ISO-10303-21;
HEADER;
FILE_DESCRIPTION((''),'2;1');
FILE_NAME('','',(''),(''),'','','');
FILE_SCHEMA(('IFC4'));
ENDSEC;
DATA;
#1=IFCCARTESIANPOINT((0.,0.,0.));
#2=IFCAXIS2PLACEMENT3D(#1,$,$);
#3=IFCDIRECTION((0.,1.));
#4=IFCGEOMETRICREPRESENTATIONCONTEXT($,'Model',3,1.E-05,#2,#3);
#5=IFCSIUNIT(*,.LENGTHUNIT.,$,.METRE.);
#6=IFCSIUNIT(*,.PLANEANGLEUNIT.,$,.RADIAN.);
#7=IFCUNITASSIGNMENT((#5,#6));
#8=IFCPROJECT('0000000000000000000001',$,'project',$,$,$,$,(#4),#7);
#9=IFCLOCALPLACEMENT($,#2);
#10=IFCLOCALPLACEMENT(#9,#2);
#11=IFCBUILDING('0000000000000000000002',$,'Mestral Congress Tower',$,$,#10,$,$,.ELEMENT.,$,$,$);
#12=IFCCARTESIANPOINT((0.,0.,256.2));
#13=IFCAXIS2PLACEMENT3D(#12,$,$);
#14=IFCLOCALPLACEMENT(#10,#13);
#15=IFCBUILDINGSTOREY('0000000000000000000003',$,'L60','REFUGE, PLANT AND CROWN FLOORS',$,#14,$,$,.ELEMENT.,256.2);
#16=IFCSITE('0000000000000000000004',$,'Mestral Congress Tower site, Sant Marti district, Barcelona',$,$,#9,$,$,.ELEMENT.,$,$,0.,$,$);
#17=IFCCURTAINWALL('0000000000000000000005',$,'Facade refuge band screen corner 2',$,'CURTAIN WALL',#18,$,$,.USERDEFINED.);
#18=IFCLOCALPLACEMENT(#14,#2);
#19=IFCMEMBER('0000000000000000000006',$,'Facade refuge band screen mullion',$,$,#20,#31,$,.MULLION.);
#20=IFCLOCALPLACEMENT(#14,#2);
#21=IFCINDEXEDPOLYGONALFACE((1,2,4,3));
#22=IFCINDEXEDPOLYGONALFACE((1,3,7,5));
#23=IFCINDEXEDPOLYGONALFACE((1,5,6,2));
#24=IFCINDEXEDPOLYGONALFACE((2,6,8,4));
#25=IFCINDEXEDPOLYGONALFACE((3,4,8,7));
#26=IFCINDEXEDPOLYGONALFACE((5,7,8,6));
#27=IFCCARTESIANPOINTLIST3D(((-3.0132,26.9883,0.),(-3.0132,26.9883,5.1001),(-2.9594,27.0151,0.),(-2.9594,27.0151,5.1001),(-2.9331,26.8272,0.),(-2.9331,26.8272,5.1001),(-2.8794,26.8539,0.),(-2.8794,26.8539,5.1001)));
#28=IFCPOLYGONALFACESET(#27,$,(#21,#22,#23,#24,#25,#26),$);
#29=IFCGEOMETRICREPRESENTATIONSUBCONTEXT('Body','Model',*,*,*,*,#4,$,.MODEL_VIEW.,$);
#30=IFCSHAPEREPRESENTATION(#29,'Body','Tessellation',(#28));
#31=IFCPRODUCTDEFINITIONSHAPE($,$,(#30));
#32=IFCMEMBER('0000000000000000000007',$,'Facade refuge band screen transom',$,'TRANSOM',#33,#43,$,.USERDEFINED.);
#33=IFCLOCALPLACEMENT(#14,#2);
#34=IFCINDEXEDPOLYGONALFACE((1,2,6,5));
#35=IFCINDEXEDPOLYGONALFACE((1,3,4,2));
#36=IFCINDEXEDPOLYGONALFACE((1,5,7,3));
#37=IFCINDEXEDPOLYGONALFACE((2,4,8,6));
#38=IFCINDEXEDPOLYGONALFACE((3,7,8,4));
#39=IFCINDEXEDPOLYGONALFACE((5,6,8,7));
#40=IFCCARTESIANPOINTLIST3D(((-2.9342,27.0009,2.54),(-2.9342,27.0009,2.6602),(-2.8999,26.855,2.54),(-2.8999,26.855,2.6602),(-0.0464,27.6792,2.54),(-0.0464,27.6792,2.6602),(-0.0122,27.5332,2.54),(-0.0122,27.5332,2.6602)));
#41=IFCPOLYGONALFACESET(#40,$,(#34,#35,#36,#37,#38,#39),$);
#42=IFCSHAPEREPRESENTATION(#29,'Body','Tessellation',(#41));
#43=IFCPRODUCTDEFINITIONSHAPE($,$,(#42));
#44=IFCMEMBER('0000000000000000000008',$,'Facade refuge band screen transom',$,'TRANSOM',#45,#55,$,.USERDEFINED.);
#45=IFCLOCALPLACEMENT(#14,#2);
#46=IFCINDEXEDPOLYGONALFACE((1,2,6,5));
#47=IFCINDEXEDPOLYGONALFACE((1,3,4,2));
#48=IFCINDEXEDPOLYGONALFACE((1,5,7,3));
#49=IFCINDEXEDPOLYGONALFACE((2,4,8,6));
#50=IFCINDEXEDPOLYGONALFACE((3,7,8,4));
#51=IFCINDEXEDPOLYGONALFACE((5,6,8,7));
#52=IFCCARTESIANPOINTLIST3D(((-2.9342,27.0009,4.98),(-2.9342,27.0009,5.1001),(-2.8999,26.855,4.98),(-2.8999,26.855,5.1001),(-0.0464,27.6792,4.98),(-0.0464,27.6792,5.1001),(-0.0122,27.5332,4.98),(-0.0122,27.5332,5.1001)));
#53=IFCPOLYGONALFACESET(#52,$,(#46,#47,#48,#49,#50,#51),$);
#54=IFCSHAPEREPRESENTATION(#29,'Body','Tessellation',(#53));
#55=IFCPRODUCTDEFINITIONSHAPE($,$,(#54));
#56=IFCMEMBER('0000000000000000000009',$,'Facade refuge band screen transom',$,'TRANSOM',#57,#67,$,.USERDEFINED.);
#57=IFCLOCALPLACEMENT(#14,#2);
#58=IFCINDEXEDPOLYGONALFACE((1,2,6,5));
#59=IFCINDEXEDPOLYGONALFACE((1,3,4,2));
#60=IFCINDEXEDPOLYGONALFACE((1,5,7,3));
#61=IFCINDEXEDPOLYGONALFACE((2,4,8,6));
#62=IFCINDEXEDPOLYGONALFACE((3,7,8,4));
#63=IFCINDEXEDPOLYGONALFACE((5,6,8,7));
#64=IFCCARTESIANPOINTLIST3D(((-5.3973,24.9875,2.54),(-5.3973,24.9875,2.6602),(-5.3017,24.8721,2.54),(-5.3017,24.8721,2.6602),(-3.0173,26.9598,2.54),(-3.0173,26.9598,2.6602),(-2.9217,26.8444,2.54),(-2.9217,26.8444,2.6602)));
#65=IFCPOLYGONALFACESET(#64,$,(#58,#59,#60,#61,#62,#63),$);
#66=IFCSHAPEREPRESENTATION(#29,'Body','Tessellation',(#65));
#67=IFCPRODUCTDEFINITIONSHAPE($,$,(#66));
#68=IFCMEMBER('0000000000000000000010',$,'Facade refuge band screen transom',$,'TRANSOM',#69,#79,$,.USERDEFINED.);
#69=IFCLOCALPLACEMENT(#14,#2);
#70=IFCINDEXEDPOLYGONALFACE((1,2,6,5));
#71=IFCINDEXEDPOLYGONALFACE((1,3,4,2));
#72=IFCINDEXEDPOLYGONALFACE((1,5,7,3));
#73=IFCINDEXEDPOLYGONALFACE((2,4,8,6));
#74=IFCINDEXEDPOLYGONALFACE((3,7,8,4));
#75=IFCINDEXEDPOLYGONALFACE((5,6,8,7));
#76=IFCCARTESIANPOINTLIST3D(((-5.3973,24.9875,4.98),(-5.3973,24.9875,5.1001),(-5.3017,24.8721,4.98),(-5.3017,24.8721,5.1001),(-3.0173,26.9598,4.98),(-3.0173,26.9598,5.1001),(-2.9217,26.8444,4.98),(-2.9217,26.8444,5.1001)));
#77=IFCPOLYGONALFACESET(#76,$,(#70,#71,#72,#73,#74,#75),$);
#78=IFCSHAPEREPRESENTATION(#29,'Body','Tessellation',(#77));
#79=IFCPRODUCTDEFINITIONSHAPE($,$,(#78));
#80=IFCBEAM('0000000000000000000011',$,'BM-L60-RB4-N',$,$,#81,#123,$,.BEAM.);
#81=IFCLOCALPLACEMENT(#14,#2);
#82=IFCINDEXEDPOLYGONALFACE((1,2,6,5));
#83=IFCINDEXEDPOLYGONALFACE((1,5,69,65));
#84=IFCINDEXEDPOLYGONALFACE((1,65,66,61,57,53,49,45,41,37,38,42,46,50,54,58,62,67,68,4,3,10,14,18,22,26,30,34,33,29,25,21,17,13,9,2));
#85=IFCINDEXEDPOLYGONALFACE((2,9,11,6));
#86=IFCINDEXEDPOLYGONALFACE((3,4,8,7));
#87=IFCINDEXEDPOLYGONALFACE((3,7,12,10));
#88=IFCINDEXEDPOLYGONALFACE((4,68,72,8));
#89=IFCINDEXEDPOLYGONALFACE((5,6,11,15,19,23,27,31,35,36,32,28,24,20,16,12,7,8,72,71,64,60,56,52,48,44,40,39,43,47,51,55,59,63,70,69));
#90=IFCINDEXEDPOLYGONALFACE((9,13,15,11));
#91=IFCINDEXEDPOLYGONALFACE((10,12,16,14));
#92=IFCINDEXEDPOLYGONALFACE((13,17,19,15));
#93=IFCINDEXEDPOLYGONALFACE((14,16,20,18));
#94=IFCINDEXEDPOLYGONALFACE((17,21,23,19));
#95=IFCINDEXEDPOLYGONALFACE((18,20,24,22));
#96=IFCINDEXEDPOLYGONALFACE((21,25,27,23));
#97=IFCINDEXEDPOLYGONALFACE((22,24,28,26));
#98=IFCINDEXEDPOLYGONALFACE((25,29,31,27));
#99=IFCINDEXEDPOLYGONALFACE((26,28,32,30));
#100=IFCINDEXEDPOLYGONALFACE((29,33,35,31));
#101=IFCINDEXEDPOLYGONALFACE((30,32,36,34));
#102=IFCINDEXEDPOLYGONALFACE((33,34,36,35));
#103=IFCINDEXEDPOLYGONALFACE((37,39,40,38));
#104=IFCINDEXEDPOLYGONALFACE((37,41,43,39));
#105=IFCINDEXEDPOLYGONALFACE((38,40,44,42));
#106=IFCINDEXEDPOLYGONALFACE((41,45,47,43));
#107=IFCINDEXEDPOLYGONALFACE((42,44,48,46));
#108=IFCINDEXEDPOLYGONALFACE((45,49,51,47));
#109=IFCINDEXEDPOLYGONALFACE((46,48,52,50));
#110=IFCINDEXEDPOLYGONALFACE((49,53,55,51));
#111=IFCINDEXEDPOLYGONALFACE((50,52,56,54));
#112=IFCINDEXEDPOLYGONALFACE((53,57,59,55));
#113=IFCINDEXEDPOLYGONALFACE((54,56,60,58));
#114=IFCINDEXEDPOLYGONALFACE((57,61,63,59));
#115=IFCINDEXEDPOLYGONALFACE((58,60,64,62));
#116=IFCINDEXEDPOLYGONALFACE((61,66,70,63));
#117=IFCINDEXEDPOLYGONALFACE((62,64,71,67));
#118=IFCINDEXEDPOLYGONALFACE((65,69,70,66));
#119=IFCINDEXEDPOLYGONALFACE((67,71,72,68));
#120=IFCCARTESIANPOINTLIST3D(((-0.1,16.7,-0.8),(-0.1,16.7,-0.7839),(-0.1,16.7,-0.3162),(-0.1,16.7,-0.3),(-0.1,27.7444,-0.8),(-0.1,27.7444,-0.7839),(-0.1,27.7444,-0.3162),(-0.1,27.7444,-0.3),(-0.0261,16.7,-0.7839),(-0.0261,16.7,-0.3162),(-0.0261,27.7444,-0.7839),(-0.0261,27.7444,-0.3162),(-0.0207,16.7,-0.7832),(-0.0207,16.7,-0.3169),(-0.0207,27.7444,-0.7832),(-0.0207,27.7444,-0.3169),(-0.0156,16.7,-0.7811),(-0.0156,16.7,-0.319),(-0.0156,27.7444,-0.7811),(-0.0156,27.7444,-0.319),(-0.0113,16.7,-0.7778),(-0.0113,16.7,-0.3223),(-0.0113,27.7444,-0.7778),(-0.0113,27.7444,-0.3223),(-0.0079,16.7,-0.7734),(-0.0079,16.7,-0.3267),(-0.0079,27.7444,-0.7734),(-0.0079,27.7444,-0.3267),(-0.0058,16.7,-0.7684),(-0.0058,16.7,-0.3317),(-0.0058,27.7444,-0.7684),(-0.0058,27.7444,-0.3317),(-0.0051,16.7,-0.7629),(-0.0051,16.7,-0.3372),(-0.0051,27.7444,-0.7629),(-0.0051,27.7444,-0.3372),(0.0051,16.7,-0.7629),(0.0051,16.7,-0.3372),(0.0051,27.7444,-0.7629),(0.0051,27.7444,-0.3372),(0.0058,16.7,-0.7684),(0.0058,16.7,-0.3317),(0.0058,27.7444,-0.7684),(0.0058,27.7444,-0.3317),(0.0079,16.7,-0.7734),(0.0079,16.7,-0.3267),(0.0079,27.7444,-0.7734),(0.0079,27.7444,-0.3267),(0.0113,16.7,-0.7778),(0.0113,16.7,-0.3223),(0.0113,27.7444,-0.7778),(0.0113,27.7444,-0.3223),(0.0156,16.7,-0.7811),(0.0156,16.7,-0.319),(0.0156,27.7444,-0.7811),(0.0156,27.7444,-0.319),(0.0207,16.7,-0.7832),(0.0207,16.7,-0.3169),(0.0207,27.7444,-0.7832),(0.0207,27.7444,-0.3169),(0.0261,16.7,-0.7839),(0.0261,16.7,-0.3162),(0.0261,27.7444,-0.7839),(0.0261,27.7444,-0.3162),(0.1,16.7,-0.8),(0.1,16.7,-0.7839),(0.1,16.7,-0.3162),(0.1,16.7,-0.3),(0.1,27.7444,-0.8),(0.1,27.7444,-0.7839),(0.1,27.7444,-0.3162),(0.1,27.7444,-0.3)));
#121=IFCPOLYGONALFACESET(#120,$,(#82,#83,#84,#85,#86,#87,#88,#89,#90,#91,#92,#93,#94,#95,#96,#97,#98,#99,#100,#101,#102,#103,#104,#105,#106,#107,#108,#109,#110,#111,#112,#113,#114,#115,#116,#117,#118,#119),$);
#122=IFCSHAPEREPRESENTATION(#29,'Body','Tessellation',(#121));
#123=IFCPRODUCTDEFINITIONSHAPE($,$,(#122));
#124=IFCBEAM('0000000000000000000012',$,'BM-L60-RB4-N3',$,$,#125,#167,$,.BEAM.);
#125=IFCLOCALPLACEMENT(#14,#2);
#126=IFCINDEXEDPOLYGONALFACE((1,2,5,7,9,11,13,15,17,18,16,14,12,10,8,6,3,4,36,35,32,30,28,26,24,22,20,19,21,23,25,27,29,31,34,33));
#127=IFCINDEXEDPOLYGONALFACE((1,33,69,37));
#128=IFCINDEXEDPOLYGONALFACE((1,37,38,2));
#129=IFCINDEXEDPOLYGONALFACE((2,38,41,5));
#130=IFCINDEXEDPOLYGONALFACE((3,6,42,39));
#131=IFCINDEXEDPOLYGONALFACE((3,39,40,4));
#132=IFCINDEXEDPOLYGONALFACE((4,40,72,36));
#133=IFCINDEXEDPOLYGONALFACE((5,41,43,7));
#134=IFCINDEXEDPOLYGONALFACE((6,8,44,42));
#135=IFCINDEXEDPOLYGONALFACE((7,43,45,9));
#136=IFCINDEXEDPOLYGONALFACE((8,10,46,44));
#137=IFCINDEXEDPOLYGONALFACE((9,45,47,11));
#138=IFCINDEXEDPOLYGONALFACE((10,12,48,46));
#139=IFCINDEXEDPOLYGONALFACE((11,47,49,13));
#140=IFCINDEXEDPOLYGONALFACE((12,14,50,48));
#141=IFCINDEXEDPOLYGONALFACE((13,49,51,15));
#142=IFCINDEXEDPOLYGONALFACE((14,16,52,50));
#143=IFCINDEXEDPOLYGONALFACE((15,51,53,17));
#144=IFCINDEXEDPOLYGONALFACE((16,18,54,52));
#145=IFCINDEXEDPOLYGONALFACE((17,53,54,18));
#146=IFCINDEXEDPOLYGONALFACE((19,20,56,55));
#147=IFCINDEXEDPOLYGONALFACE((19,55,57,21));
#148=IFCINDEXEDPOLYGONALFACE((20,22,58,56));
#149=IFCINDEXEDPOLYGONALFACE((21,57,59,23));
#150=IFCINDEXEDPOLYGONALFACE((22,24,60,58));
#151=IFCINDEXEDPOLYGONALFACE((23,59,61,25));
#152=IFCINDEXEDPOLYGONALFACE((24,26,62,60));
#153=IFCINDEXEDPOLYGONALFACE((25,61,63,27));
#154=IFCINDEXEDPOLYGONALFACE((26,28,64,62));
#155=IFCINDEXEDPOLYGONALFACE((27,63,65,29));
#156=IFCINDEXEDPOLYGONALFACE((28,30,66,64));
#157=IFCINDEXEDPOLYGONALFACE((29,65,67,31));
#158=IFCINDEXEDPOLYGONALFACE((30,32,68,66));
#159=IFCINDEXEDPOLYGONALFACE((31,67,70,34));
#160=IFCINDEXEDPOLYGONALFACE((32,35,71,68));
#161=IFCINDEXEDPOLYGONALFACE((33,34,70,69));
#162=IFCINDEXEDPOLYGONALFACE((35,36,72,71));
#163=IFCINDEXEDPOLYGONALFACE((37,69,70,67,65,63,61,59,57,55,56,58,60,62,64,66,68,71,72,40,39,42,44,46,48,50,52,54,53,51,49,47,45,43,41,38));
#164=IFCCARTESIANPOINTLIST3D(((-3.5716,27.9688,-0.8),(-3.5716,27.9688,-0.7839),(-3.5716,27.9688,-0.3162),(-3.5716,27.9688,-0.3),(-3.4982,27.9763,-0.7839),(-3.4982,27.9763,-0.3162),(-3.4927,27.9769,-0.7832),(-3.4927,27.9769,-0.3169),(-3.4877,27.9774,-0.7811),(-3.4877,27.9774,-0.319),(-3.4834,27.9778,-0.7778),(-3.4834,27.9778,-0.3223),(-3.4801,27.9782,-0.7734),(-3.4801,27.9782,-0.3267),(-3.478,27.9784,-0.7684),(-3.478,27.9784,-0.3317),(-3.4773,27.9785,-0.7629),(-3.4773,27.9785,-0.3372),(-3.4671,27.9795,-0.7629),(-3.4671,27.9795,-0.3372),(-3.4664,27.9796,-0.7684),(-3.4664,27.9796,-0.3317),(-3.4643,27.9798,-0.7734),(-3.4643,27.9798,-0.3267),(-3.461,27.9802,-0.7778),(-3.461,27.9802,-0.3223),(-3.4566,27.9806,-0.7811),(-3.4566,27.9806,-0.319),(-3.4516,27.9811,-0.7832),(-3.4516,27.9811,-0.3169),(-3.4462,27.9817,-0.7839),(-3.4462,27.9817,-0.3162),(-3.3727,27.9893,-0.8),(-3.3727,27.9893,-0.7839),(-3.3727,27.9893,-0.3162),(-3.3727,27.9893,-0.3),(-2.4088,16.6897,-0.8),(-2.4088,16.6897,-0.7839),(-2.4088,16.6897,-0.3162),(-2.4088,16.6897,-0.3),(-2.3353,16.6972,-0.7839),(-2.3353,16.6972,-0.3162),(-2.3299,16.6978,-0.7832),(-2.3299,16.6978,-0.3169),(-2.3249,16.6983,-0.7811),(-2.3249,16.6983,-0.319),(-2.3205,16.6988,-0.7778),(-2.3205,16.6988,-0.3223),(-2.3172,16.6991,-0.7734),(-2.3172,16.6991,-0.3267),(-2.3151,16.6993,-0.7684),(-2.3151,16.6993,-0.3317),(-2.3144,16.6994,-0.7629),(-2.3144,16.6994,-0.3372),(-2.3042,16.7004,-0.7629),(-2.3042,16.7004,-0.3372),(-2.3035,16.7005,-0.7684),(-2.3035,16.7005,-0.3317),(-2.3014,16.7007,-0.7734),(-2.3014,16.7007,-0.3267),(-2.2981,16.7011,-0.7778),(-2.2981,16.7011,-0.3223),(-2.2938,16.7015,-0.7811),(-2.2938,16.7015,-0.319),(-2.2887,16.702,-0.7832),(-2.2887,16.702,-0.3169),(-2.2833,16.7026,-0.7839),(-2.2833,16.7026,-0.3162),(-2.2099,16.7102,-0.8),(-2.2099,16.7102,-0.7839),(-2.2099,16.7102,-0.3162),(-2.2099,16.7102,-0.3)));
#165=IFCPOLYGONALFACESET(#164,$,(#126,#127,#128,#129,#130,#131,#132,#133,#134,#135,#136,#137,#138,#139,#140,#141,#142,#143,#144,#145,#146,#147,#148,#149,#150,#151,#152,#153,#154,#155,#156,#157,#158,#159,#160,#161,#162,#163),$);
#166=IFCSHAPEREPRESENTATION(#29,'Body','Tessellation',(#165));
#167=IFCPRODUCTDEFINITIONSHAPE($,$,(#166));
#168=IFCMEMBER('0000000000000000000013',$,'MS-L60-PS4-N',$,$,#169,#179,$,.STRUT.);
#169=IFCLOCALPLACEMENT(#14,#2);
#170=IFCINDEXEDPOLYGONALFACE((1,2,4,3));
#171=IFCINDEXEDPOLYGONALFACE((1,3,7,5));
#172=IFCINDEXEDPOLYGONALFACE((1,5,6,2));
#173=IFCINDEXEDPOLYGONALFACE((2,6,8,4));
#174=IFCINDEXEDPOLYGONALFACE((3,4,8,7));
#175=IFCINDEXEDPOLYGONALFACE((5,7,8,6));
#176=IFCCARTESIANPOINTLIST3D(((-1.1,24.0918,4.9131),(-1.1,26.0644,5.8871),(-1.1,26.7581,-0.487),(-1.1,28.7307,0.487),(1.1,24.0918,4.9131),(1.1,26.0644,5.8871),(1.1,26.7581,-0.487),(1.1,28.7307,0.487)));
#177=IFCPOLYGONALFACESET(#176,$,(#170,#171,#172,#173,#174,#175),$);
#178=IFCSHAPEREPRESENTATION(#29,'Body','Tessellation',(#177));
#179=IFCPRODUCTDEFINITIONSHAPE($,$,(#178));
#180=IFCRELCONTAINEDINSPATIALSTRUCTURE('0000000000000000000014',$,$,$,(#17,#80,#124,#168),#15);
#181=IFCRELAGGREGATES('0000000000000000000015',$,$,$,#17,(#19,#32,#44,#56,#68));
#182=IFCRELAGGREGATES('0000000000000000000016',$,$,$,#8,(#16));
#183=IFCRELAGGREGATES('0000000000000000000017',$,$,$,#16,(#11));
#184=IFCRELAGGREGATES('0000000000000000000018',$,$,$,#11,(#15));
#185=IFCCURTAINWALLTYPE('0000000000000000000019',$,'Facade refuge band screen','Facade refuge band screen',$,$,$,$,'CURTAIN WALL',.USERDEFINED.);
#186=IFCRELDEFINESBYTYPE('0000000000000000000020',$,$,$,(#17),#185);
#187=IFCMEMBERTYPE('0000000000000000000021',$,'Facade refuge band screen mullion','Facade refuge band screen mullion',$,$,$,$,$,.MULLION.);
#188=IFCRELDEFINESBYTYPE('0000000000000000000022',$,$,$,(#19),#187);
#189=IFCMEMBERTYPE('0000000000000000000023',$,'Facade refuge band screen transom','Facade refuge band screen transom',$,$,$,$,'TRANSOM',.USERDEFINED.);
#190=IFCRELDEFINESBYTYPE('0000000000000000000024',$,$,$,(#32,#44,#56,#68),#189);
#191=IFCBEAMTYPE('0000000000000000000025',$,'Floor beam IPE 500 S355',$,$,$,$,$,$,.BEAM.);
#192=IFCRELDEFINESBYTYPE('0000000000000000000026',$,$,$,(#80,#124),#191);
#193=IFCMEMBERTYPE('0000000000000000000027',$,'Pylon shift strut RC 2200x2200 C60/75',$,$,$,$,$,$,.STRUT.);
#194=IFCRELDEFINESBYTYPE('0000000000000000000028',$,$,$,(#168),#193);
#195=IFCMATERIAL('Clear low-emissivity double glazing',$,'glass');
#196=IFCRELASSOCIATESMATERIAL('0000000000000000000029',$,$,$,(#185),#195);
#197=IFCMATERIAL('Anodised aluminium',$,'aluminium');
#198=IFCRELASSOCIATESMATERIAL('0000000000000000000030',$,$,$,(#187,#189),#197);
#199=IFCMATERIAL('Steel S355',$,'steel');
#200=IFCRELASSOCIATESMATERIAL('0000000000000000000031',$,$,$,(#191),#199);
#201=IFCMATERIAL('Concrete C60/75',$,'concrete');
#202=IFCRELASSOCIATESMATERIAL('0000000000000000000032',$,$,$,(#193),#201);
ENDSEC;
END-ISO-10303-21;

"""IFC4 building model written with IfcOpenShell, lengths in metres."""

from ifc_helpers import new_model, si_unit, direction, frame, origin, origin_2d, place, context, subcontext, project, spatial, rectangle, i_section, extrude, material, material_profile, profile_set, type_object, element, aggregate, save


model = new_model("IFC4")

# Units and contexts
model_context = context("Model", 3, precision=1e-05, world=origin(), true_north=direction((0.0, 1.0)))
body_context = subcontext(model_context, "Body", "Model", "MODEL_VIEW")
ifc_project = project(units=[si_unit("LENGTHUNIT", "METRE"), si_unit("PLANEANGLEUNIT", "RADIAN")], contexts=[model_context])

# Site, building, storey
site_placement = place(None, origin())
site = spatial("IfcSite", under=ifc_project, at=site_placement, Name="Mestral Congress Tower site, Sant Marti district, Barcelona", CompositionType="ELEMENT", RefElevation=0.0)
building_placement = place(site_placement, origin())
building = spatial("IfcBuilding", under=site, at=building_placement, Name="Mestral Congress Tower", CompositionType="ELEMENT")
storey_placement = place(building_placement, frame((0.0, 0.0, 256.2)))
storey = spatial("IfcBuildingStorey", under=building, at=storey_placement, Name="L60", Description="REFUGE, PLANT AND CROWN FLOORS", CompositionType="ELEMENT", Elevation=256.2)

# Shared definitions
ifc_material_1 = material(Name="Steel S355", Category="steel")

# Curtain wall, members
ifc_material_2 = material(Name="Clear low-emissivity double glazing", Category="glass")
curtain_wall_type = type_object("IfcCurtainWallType", Name="Facade refuge band screen", Description="Facade refuge band screen", ElementType="CURTAIN WALL", PredefinedType="USERDEFINED", material=ifc_material_2)
curtain_wall_placement = place(storey_placement, origin())
curtain_wall = element("IfcCurtainWall", 1, at=curtain_wall_placement, inside=storey, type_object=curtain_wall_type, Name="Facade refuge band screen corner 2", ObjectType="CURTAIN WALL", PredefinedType="USERDEFINED")
ifc_material_3 = material(Name="Anodised aluminium", Category="aluminium")
ifc_material_profile_1 = material_profile(ifc_material_3, rectangle(XDim=0.1799, YDim=0.0601, at=origin_2d()), Name="CW3 mullion 180 x 60")
ifc_profile_set_1 = profile_set([ifc_material_profile_1], Name="Anodised aluminium")
member_type_1 = type_object("IfcMemberType", Name="Facade refuge band screen mullion", Description="Facade refuge band screen mullion", PredefinedType="MULLION", material=ifc_profile_set_1)
member_1_placement = place(storey_placement, frame((-2.9463, 26.9211, 0.0), z_axis=(0.0, 0.0, 1.0), x_axis=(-0.445149, 0.895456, 0.0)))
member_1 = element("IfcMember", 2, at=member_1_placement, type_object=member_type_1, Name="Facade refuge band screen mullion", PredefinedType="MULLION", context=body_context, shape_type="SweptSolid", body=[
    extrude(rectangle(XDim=0.1799, YDim=0.0601, at=origin_2d()), origin(), (0.0, 0.0, 1.0), 5.1001),
])
ifc_material_profile_2 = material_profile(ifc_material_3, rectangle(XDim=0.1499, YDim=0.1201, at=origin_2d()), Name="CW3 transom 150 x 120")
ifc_profile_set_2 = profile_set([ifc_material_profile_2], Name="Anodised aluminium")
member_type_2 = type_object("IfcMemberType", Name="Facade refuge band screen transom", Description="Facade refuge band screen transom", ElementType="TRANSOM", PredefinedType="USERDEFINED", material=ifc_profile_set_2)
member_2_placement = place(storey_placement, frame((-0.0293, 27.6062, 2.6001), z_axis=(-0.97351, -0.228645, 0.0), x_axis=(0.228645, -0.97351, 0.0)))
member_2 = element("IfcMember", 3, at=member_2_placement, type_object=member_type_2, Name="Facade refuge band screen transom", ObjectType="TRANSOM", PredefinedType="USERDEFINED", context=body_context, shape_type="SweptSolid", body=[
    extrude(rectangle(XDim=0.1499, YDim=0.1201, at=origin_2d()), origin(), (0.0, 0.0, 1.0), 2.9663),
])
member_3_placement = place(storey_placement, frame((-0.0293, 27.6062, 5.04), z_axis=(-0.97351, -0.228645, 0.0), x_axis=(0.228645, -0.97351, 0.0)))
member_3 = element("IfcMember", 4, at=member_3_placement, type_object=member_type_2, Name="Facade refuge band screen transom", ObjectType="TRANSOM", PredefinedType="USERDEFINED", context=body_context, shape_type="SweptSolid", body=[
    extrude(rectangle(XDim=0.1499, YDim=0.1201, at=origin_2d()), origin(), (0.0, 0.0, 1.0), 2.9663),
])
member_4_placement = place(storey_placement, frame((-2.9695, 26.9021, 2.6001), z_axis=(-0.769973, -0.638077, 0.0), x_axis=(0.638077, -0.769973, 0.0)))
member_4 = element("IfcMember", 5, at=member_4_placement, type_object=member_type_2, Name="Facade refuge band screen transom", ObjectType="TRANSOM", PredefinedType="USERDEFINED", context=body_context, shape_type="SweptSolid", body=[
    extrude(rectangle(XDim=0.1499, YDim=0.1201, at=origin_2d()), origin(), (0.0, 0.0, 1.0), 3.0911),
])
member_5_placement = place(storey_placement, frame((-2.9695, 26.9021, 5.04), z_axis=(-0.769973, -0.638077, 0.0), x_axis=(0.638077, -0.769973, 0.0)))
member_5 = element("IfcMember", 6, at=member_5_placement, type_object=member_type_2, Name="Facade refuge band screen transom", ObjectType="TRANSOM", PredefinedType="USERDEFINED", context=body_context, shape_type="SweptSolid", body=[
    extrude(rectangle(XDim=0.1499, YDim=0.1201, at=origin_2d()), origin(), (0.0, 0.0, 1.0), 3.0911),
])

# Beams
ifc_material_profile_3 = material_profile(ifc_material_1, i_section(OverallWidth=0.2, OverallDepth=0.5, WebThickness=0.0103, FlangeThickness=0.0161, FilletRadius=0.021, at=origin_2d()), Name="IPE 500")
ifc_profile_set_3 = profile_set([ifc_material_profile_3], Name="Steel S355")
beam_type_1 = type_object("IfcBeamType", Name="Floor beam IPE 500 S355", PredefinedType="BEAM", material=ifc_profile_set_3)
beam_1_placement = place(storey_placement, frame((0.0, 27.7444, -0.55), z_axis=(0.0, -1.0, 0.0), x_axis=(1.0, 0.0, 0.0)))
element("IfcBeam", 7, at=beam_1_placement, inside=storey, type_object=beam_type_1, Name="BM-L60-RB4-N", PredefinedType="BEAM", context=body_context, shape_type="SweptSolid", body=[
    extrude(i_section(OverallWidth=0.2, OverallDepth=0.5, WebThickness=0.0103, FlangeThickness=0.0161, FilletRadius=0.021, at=origin_2d()), origin(), (0.0, 0.0, 1.0), 11.0444),
])
beam_2_placement = place(storey_placement, frame((-3.4722, 27.979, -0.55), z_axis=(0.102554, -0.994727, 0.0), x_axis=(0.994727, 0.102554, 0.0)))
element("IfcBeam", 8, at=beam_2_placement, inside=storey, type_object=beam_type_1, Name="BM-L60-RB4-N3", PredefinedType="BEAM", context=body_context, shape_type="SweptSolid", body=[
    extrude(i_section(OverallWidth=0.2, OverallDepth=0.5, WebThickness=0.0103, FlangeThickness=0.0161, FilletRadius=0.021, at=origin_2d()), origin(), (0.0, 0.0, 1.0), 11.3389),
])

# Member
ifc_material_4 = material(Name="Concrete C60/75", Category="concrete")
ifc_material_profile_4 = material_profile(ifc_material_4, rectangle(XDim=2.2, YDim=2.2, at=origin_2d()), Name="RC 2200x2200")
ifc_profile_set_4 = profile_set([ifc_material_profile_4], Name="Concrete C60/75")
member_type_3 = type_object("IfcMemberType", Name="Pylon shift strut RC 2200x2200 C60/75", PredefinedType="STRUT", material=ifc_profile_set_4)
member_6_placement = place(storey_placement, frame((0.0, 27.7444, 0.0), z_axis=(0.0, -0.442716, 0.896662), x_axis=(1.0, 0.0, 0.0)))
element("IfcMember", 9, at=member_6_placement, inside=storey, type_object=member_type_3, Name="MS-L60-PS4-N", PredefinedType="STRUT", context=body_context, shape_type="SweptSolid", body=[
    extrude(rectangle(XDim=2.2, YDim=2.2, at=origin_2d()), origin(), (0.0, 0.0, 1.0), 6.0225),
])

aggregate(curtain_wall, [member_1, member_2, member_3, member_4, member_5])

save(model, "model.ifc")
